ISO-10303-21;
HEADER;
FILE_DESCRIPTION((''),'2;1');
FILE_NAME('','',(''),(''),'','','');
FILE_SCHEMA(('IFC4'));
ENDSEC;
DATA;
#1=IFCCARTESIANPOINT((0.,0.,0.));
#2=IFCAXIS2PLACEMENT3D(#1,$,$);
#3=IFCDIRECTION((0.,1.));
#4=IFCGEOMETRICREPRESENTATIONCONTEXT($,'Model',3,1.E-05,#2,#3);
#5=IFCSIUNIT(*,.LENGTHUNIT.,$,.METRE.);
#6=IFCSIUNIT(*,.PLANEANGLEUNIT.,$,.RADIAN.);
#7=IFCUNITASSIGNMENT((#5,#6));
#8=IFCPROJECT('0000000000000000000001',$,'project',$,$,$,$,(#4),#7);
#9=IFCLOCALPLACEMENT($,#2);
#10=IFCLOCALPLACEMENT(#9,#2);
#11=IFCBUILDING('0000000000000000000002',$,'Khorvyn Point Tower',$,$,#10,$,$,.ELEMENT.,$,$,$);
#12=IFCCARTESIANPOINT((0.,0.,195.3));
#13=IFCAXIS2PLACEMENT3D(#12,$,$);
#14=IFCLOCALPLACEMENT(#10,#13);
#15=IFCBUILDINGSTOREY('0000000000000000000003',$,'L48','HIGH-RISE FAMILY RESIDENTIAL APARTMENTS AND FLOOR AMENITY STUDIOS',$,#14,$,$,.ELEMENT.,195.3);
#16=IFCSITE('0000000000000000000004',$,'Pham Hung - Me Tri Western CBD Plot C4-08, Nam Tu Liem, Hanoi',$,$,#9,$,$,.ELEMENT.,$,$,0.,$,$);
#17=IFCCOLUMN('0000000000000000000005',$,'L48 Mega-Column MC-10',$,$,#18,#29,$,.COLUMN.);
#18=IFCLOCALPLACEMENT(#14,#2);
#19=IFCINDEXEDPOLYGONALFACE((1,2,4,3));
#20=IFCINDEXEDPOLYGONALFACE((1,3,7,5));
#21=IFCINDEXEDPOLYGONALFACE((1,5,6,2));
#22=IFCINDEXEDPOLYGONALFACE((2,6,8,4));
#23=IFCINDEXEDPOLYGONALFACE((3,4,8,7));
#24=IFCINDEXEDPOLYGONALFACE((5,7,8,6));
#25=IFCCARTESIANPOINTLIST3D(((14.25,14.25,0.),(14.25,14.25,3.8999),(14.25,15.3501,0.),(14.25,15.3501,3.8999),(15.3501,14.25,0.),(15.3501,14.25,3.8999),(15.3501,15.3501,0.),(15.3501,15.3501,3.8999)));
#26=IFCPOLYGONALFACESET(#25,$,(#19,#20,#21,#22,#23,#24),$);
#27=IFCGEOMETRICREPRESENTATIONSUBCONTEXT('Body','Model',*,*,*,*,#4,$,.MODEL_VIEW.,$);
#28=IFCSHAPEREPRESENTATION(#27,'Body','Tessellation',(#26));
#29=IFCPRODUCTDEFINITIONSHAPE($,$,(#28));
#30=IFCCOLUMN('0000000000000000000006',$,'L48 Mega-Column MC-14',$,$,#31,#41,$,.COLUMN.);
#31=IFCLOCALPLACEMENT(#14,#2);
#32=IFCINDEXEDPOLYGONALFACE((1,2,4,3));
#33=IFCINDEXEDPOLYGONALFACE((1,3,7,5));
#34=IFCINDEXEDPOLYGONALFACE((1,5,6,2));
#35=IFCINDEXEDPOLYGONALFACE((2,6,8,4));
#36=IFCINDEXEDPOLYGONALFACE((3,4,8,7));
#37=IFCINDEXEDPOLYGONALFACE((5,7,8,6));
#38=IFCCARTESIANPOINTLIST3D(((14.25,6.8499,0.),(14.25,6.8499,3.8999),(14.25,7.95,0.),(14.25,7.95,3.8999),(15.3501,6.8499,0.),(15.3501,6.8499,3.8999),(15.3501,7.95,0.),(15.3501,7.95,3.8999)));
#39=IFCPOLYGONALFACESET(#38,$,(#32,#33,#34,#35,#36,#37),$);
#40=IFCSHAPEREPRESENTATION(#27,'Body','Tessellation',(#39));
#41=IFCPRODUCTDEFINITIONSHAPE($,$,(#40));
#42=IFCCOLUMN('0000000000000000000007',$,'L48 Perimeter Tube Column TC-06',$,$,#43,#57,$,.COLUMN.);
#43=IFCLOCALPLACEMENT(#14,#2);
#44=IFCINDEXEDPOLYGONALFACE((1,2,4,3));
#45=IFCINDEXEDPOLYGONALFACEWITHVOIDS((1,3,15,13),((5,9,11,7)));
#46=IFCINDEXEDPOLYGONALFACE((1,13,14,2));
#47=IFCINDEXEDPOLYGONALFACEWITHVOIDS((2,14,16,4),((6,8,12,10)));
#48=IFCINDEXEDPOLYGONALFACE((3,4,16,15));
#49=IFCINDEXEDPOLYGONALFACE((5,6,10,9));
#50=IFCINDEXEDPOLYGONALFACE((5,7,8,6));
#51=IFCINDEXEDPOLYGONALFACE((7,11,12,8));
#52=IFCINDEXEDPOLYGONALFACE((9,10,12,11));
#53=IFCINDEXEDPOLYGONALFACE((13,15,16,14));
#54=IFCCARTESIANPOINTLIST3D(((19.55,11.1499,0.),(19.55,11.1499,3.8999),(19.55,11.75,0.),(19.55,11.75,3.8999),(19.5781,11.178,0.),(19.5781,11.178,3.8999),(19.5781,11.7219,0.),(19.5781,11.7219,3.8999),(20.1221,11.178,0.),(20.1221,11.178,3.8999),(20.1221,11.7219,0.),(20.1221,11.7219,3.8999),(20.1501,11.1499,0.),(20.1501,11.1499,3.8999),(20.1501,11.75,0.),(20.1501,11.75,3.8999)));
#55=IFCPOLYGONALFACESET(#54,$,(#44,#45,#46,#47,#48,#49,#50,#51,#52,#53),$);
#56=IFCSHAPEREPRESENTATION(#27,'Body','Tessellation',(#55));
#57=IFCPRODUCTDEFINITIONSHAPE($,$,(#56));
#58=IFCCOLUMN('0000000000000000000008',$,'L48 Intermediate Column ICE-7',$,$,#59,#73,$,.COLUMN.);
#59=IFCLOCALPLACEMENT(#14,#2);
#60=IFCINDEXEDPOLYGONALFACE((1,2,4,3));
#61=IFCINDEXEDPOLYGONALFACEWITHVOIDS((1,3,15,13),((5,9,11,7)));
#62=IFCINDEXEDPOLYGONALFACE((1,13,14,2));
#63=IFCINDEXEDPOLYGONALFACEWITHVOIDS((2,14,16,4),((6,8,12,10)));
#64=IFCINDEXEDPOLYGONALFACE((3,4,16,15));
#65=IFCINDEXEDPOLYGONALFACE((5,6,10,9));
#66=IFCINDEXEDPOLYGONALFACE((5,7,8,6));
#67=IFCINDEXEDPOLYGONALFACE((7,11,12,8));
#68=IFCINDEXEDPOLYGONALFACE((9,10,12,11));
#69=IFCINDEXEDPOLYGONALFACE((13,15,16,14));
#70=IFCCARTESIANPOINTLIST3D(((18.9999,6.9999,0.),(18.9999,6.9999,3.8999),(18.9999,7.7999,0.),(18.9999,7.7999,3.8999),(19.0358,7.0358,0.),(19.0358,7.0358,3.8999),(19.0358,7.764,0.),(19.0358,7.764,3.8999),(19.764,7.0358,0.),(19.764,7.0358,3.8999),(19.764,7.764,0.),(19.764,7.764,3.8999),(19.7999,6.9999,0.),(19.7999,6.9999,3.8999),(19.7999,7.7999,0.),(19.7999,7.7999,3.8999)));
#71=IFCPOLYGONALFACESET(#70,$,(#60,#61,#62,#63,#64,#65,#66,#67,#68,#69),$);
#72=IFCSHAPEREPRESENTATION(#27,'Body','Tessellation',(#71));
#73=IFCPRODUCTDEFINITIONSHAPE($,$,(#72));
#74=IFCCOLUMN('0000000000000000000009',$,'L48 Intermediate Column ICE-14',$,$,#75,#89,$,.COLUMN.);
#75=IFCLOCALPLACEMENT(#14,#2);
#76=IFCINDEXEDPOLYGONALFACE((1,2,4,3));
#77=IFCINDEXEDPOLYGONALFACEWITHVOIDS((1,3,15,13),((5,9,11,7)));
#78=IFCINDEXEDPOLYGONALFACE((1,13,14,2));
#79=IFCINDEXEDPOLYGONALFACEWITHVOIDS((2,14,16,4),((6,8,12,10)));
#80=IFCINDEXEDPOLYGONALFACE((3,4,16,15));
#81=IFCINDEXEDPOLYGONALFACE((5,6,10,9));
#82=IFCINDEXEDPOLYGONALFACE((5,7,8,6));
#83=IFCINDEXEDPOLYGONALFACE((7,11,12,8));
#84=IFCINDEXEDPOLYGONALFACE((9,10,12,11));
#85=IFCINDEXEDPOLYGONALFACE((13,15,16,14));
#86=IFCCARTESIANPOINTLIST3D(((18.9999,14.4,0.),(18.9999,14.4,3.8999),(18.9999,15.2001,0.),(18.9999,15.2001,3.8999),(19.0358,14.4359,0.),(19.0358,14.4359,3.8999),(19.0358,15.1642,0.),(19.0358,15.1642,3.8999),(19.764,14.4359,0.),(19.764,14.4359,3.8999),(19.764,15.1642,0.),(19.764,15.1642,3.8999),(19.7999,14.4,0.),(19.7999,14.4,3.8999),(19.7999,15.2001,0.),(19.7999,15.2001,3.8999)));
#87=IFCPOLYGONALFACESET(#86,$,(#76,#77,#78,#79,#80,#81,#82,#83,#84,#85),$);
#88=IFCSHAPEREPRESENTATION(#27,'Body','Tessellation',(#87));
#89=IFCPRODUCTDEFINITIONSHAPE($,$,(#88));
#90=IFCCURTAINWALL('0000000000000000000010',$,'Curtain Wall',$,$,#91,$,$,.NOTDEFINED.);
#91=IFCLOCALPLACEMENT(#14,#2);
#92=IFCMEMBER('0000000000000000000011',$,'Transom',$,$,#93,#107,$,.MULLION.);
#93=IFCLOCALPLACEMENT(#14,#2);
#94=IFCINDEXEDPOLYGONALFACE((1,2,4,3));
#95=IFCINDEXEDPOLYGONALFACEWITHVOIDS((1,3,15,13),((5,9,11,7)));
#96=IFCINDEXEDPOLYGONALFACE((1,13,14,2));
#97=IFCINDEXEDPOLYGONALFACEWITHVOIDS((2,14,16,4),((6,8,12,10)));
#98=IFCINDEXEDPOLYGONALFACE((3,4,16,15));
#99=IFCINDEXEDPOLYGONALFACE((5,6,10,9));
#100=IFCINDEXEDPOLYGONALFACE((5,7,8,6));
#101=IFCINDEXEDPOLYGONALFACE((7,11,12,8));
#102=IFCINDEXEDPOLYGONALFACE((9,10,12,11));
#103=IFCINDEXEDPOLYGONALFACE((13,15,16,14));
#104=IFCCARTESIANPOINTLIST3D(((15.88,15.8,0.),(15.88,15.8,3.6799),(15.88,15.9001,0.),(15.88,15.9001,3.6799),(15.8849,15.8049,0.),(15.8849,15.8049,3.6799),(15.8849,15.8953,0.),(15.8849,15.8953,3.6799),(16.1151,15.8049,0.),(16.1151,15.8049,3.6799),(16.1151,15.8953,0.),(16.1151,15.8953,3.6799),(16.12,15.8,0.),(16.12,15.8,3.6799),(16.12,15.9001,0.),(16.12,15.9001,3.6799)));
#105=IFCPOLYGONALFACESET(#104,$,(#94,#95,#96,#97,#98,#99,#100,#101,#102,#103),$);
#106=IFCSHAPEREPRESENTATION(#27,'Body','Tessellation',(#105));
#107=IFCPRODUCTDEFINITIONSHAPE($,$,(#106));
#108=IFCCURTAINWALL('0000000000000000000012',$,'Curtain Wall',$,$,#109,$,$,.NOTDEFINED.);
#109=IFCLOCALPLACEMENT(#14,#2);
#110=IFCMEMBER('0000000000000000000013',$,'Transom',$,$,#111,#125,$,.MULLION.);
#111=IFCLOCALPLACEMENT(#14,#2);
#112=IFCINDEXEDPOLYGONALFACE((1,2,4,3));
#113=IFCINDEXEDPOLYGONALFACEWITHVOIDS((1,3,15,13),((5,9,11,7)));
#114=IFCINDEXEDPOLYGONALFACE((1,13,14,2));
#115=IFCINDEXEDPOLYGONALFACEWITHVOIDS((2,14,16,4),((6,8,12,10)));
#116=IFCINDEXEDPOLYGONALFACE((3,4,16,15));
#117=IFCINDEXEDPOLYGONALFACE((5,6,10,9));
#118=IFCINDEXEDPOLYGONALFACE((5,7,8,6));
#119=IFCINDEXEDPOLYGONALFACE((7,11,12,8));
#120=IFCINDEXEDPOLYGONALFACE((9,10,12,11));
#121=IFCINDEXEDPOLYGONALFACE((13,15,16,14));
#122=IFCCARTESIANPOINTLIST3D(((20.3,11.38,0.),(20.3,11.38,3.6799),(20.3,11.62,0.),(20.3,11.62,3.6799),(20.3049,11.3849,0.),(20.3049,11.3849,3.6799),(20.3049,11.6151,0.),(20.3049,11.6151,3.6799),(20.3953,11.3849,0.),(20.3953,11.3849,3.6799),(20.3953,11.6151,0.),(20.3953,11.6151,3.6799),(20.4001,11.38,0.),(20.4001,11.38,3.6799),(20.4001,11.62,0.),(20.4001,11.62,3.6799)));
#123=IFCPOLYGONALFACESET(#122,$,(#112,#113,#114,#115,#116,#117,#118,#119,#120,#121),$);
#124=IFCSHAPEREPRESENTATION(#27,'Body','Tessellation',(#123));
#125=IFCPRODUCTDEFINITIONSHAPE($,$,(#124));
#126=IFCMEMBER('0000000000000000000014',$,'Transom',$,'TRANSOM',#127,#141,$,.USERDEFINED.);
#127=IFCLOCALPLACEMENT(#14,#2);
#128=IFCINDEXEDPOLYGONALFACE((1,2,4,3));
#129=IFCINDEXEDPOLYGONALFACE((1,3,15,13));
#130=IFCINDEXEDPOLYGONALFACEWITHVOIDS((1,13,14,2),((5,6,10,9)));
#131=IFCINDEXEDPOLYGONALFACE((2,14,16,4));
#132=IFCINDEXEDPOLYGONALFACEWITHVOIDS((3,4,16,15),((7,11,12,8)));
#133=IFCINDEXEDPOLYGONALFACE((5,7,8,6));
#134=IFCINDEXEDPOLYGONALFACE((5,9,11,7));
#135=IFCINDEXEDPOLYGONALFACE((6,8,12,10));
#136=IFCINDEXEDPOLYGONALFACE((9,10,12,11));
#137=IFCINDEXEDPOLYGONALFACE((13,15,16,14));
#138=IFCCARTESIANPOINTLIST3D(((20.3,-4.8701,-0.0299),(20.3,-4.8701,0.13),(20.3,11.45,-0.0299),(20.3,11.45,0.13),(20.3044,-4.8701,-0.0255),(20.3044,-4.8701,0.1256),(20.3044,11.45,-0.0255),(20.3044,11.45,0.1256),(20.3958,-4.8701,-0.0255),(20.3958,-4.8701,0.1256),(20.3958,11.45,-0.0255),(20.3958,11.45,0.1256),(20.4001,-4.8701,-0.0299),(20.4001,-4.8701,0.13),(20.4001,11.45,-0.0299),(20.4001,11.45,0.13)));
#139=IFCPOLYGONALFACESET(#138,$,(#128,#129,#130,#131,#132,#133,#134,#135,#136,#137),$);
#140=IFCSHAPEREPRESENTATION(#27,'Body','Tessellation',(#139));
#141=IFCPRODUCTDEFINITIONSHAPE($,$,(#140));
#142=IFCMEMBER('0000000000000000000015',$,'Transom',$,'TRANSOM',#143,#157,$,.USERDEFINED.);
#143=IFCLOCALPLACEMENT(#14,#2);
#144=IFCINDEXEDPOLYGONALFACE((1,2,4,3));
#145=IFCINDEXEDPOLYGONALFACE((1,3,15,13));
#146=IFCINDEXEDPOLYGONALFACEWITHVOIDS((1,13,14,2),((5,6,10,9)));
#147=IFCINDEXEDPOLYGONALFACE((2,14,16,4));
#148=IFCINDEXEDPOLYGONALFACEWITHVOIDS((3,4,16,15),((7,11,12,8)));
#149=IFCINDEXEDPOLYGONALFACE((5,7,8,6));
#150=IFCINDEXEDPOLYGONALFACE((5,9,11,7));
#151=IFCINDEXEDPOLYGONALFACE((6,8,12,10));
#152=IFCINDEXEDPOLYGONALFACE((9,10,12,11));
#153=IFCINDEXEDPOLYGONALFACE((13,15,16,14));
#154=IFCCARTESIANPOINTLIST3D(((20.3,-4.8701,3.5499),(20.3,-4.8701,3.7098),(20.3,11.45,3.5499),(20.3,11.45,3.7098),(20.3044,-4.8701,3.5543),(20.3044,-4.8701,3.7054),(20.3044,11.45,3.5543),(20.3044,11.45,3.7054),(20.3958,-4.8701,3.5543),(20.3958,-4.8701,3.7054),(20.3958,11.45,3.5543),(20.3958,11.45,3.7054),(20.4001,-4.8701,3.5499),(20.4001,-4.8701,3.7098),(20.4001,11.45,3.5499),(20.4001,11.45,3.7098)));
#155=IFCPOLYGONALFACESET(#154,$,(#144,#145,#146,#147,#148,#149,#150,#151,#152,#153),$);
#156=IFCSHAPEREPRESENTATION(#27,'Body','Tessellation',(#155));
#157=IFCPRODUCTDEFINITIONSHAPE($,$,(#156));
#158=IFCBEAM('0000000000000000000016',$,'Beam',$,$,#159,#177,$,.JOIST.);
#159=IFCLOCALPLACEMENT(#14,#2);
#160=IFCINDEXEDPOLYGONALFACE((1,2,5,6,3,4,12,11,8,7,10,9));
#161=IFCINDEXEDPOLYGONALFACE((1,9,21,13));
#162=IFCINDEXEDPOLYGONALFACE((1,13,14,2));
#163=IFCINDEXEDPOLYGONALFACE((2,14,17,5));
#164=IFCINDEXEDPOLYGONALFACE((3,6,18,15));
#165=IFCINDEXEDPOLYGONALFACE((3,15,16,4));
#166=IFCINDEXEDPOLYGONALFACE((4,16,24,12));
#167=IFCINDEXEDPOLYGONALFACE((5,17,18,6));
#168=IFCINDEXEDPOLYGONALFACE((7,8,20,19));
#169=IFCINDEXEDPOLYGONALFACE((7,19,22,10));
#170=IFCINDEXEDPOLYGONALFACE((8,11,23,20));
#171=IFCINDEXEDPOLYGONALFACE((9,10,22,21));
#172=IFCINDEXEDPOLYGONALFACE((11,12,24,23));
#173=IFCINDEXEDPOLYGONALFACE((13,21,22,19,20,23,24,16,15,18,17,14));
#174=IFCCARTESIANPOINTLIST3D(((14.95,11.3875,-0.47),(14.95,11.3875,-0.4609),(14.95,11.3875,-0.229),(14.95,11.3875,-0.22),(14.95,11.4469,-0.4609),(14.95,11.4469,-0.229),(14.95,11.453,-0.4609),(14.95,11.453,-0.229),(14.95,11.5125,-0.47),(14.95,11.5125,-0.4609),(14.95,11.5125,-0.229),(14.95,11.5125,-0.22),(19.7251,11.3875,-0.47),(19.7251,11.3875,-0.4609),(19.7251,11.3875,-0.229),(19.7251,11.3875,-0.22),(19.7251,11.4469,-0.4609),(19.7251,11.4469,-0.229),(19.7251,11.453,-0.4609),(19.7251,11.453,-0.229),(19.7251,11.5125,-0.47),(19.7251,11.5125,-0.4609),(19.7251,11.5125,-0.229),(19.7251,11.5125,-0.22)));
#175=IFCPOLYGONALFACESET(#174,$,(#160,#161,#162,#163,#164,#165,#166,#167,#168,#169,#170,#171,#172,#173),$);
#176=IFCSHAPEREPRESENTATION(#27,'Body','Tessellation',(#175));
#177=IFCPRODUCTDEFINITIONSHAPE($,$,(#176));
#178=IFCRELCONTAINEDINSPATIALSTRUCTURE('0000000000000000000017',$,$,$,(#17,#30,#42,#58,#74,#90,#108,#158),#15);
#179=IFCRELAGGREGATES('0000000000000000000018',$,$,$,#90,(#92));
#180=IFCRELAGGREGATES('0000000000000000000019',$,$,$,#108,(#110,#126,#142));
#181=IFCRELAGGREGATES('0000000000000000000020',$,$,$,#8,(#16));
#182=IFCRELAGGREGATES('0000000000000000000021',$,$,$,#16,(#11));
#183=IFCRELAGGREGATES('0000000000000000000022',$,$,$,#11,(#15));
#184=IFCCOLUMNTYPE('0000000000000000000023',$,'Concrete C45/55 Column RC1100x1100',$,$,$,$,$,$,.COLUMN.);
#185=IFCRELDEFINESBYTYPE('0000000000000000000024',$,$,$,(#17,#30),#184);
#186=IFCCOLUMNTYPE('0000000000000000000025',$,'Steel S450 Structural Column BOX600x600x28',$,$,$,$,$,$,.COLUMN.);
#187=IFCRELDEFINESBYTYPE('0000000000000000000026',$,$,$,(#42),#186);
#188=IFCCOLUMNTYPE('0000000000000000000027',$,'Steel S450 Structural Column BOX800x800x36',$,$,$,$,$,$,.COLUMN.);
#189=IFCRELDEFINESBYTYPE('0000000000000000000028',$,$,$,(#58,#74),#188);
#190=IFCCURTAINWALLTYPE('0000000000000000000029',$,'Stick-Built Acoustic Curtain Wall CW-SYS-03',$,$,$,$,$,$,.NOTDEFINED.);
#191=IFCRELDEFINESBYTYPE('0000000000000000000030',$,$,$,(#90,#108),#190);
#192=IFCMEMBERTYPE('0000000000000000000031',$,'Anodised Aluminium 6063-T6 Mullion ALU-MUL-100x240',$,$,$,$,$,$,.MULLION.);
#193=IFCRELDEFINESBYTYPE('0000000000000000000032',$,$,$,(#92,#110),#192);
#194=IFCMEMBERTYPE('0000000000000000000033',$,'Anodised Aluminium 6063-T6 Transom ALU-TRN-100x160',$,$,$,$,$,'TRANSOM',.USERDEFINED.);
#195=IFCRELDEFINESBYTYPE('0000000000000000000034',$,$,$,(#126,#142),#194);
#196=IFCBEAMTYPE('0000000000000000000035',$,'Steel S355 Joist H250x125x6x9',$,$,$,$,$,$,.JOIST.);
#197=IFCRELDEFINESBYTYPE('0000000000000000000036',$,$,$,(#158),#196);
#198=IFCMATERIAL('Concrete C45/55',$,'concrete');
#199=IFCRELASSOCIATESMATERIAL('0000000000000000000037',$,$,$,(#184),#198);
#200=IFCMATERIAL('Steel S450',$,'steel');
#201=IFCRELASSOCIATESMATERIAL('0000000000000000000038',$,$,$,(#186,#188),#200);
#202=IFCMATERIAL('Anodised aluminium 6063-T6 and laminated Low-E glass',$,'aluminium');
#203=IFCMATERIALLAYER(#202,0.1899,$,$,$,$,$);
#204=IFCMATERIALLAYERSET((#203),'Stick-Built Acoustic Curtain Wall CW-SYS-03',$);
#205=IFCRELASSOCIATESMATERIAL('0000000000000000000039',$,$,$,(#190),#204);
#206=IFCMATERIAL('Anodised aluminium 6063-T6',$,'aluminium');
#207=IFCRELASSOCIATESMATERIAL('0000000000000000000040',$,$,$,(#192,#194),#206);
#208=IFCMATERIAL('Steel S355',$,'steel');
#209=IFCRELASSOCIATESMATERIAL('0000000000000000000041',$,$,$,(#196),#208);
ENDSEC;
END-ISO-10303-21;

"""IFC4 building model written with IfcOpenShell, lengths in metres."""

from ifc_helpers import new_model, si_unit, direction, frame, origin, origin_2d, place, context, subcontext, project, spatial, rectangle, hollow_rectangle, i_section, extrude, material, layer, layer_set, material_profile, profile_set, type_object, element, aggregate, save


model = new_model("IFC4")

# Units and contexts
model_context = context("Model", 3, precision=1e-05, world=origin(), true_north=direction((0.0, 1.0)))
body_context = subcontext(model_context, "Body", "Model", "MODEL_VIEW")
ifc_project = project(units=[si_unit("LENGTHUNIT", "METRE"), si_unit("PLANEANGLEUNIT", "RADIAN")], contexts=[model_context])

# Site, building, storey
site_placement = place(None, origin())
site = spatial("IfcSite", under=ifc_project, at=site_placement, Name="Pham Hung - Me Tri Western CBD Plot C4-08, Nam Tu Liem, Hanoi", CompositionType="ELEMENT", RefElevation=0.0)
building_placement = place(site_placement, origin())
building = spatial("IfcBuilding", under=site, at=building_placement, Name="Khorvyn Point Tower", CompositionType="ELEMENT")
storey_placement = place(building_placement, frame((0.0, 0.0, 195.3)))
storey = spatial("IfcBuildingStorey", under=building, at=storey_placement, Name="L48", Description="HIGH-RISE FAMILY RESIDENTIAL APARTMENTS AND FLOOR AMENITY STUDIOS", CompositionType="ELEMENT", Elevation=195.3)

# Columns
ifc_material_1 = material(Name="Concrete C45/55", Category="concrete")
ifc_material_profile_1 = material_profile(ifc_material_1, rectangle(XDim=1.1001, YDim=1.1001, at=origin_2d()))
ifc_profile_set_1 = profile_set([ifc_material_profile_1], Name="Concrete C45/55 RC1100x1100")
column_type_1 = type_object("IfcColumnType", Name="Concrete C45/55 Column RC1100x1100", PredefinedType="COLUMN", material=ifc_profile_set_1)
for number, where, z_axis, x_axis, name in (
    (1, (14.8, 14.8, 0.0), (0.0, 0.0, 1.0), (1.0, 0.0, 0.0), "L48 Mega-Column MC-10"),
    (2, (14.8, 7.3999, 0.0), (0.0, 0.0, 1.0), (1.0, 0.0, 0.0), "L48 Mega-Column MC-14"),
):
    element("IfcColumn", number, at=place(storey_placement, frame(where, z_axis=z_axis, x_axis=x_axis)), inside=storey, type_object=column_type_1, Name=name, PredefinedType="COLUMN", context=body_context, shape_type="SweptSolid", body=[
        extrude(rectangle(XDim=1.1001, YDim=1.1001, at=origin_2d()), origin(), (0.0, 0.0, 1.0), 3.8999),
    ])
ifc_material_2 = material(Name="Steel S450", Category="steel")
ifc_material_profile_2 = material_profile(ifc_material_2, hollow_rectangle(XDim=0.6001, YDim=0.6001, WallThickness=0.0281, at=origin_2d()))
ifc_profile_set_2 = profile_set([ifc_material_profile_2], Name="Steel S450 BOX600x600x28")
column_type_2 = type_object("IfcColumnType", Name="Steel S450 Structural Column BOX600x600x28", PredefinedType="COLUMN", material=ifc_profile_set_2)
column_placement = place(storey_placement, frame((19.8501, 11.45, 0.0), z_axis=(0.0, 0.0, 1.0), x_axis=(1.0, 0.0, 0.0)))
element("IfcColumn", 3, at=column_placement, inside=storey, type_object=column_type_2, Name="L48 Perimeter Tube Column TC-06", PredefinedType="COLUMN", context=body_context, shape_type="SweptSolid", body=[
    extrude(hollow_rectangle(XDim=0.6001, YDim=0.6001, WallThickness=0.0281, at=origin_2d()), origin(), (0.0, 0.0, 1.0), 3.8999),
])
ifc_material_profile_3 = material_profile(ifc_material_2, hollow_rectangle(XDim=0.8, YDim=0.8, WallThickness=0.0359, at=origin_2d()))
ifc_profile_set_3 = profile_set([ifc_material_profile_3], Name="Steel S450 BOX800x800x36")
column_type_3 = type_object("IfcColumnType", Name="Steel S450 Structural Column BOX800x800x36", PredefinedType="COLUMN", material=ifc_profile_set_3)
for number, where, z_axis, x_axis, name in (
    (4, (19.3999, 7.3999, 0.0), (0.0, 0.0, 1.0), (1.0, 0.0, 0.0), "L48 Intermediate Column ICE-7"),
    (5, (19.3999, 14.8, 0.0), (0.0, 0.0, 1.0), (1.0, 0.0, 0.0), "L48 Intermediate Column ICE-14"),
):
    element("IfcColumn", number, at=place(storey_placement, frame(where, z_axis=z_axis, x_axis=x_axis)), inside=storey, type_object=column_type_3, Name=name, PredefinedType="COLUMN", context=body_context, shape_type="SweptSolid", body=[
        extrude(hollow_rectangle(XDim=0.8, YDim=0.8, WallThickness=0.0359, at=origin_2d()), origin(), (0.0, 0.0, 1.0), 3.8999),
    ])

# Curtain wall, member
ifc_material_3 = material(Name="Anodised aluminium 6063-T6 and laminated Low-E glass", Category="aluminium")
ifc_layer_1 = layer(ifc_material_3, 0.1899)
ifc_layer_set_1 = layer_set([ifc_layer_1], Name="Stick-Built Acoustic Curtain Wall CW-SYS-03")
curtain_wall_type = type_object("IfcCurtainWallType", Name="Stick-Built Acoustic Curtain Wall CW-SYS-03", PredefinedType="NOTDEFINED", material=ifc_layer_set_1)
curtain_wall_1_placement = place(storey_placement, origin())
curtain_wall_1 = element("IfcCurtainWall", 6, at=curtain_wall_1_placement, inside=storey, type_object=curtain_wall_type, Name="Curtain Wall", PredefinedType="NOTDEFINED")
ifc_material_4 = material(Name="Anodised aluminium 6063-T6", Category="aluminium")
ifc_material_profile_4 = material_profile(ifc_material_4, hollow_rectangle(XDim=0.1001, YDim=0.24, WallThickness=0.0049, at=origin_2d()))
ifc_profile_set_4 = profile_set([ifc_material_profile_4], Name="Anodised aluminium 6063-T6 ALU-MUL-100x240")
member_type_1 = type_object("IfcMemberType", Name="Anodised Aluminium 6063-T6 Mullion ALU-MUL-100x240", PredefinedType="MULLION", material=ifc_profile_set_4)
member_1_placement = place(storey_placement, frame((16.0, 15.8501, 0.0), z_axis=(0.0, 0.0, 1.0), x_axis=(0.0, 1.0, 0.0)))
member_1 = element("IfcMember", 7, at=member_1_placement, type_object=member_type_1, Name="Transom", PredefinedType="MULLION", context=body_context, shape_type="SweptSolid", body=[
    extrude(hollow_rectangle(XDim=0.1001, YDim=0.24, WallThickness=0.0049, at=origin_2d()), origin(), (0.0, 0.0, 1.0), 3.6799),
])
aggregate(curtain_wall_1, [member_1])

# Curtain wall, members
curtain_wall_2_placement = place(storey_placement, origin())
curtain_wall_2 = element("IfcCurtainWall", 8, at=curtain_wall_2_placement, inside=storey, type_object=curtain_wall_type, Name="Curtain Wall", PredefinedType="NOTDEFINED")
member_2_placement = place(storey_placement, frame((20.3501, 11.5, 0.0), z_axis=(0.0, 0.0, 1.0), x_axis=(1.0, 0.0, 0.0)))
member_2 = element("IfcMember", 9, at=member_2_placement, type_object=member_type_1, Name="Transom", PredefinedType="MULLION", context=body_context, shape_type="SweptSolid", body=[
    extrude(hollow_rectangle(XDim=0.1001, YDim=0.24, WallThickness=0.0049, at=origin_2d()), origin(), (0.0, 0.0, 1.0), 3.6799),
])
ifc_material_profile_5 = material_profile(ifc_material_4, hollow_rectangle(XDim=0.1001, YDim=0.1599, WallThickness=0.0044, at=origin_2d()))
ifc_profile_set_5 = profile_set([ifc_material_profile_5], Name="Anodised aluminium 6063-T6 ALU-TRN-100x160")
member_type_2 = type_object("IfcMemberType", Name="Anodised Aluminium 6063-T6 Transom ALU-TRN-100x160", ElementType="TRANSOM", PredefinedType="USERDEFINED", material=ifc_profile_set_5)
member_3_placement = place(storey_placement, frame((20.3501, 11.45, 0.05), z_axis=(0.0, -1.0, 0.0), x_axis=(1.0, 0.0, 0.0)))
member_3 = element("IfcMember", 10, at=member_3_placement, type_object=member_type_2, Name="Transom", ObjectType="TRANSOM", PredefinedType="USERDEFINED", context=body_context, shape_type="SweptSolid", body=[
    extrude(hollow_rectangle(XDim=0.1001, YDim=0.1599, WallThickness=0.0044, at=origin_2d()), origin(), (0.0, 0.0, 1.0), 16.3201),
])
member_4_placement = place(storey_placement, frame((20.3501, 11.45, 3.6299), z_axis=(0.0, -1.0, 0.0), x_axis=(1.0, 0.0, 0.0)))
member_4 = element("IfcMember", 11, at=member_4_placement, type_object=member_type_2, Name="Transom", ObjectType="TRANSOM", PredefinedType="USERDEFINED", context=body_context, shape_type="SweptSolid", body=[
    extrude(hollow_rectangle(XDim=0.1001, YDim=0.1599, WallThickness=0.0044, at=origin_2d()), origin(), (0.0, 0.0, 1.0), 16.3201),
])
aggregate(curtain_wall_2, [member_2, member_3, member_4])

# Beam
ifc_material_5 = material(Name="Steel S355", Category="steel")
ifc_material_profile_6 = material_profile(ifc_material_5, i_section(OverallWidth=0.125, OverallDepth=0.25, WebThickness=0.0061, FlangeThickness=0.009, at=origin_2d()))
ifc_profile_set_6 = profile_set([ifc_material_profile_6], Name="Steel S355 H250x125x6x9")
beam_type_1 = type_object("IfcBeamType", Name="Steel S355 Joist H250x125x6x9", PredefinedType="JOIST", material=ifc_profile_set_6)
beam_1_placement = place(storey_placement, frame((14.95, 11.45, -0.345), z_axis=(1.0, 0.0, 0.0), x_axis=(0.0, 1.0, 0.0)))
element("IfcBeam", 12, at=beam_1_placement, inside=storey, type_object=beam_type_1, Name="Beam", PredefinedType="JOIST", context=body_context, shape_type="SweptSolid", body=[
    extrude(i_section(OverallWidth=0.125, OverallDepth=0.25, WebThickness=0.0061, FlangeThickness=0.009, at=origin_2d()), origin(), (0.0, 0.0, 1.0), 4.7751),
])

save(model, "model.ifc")
